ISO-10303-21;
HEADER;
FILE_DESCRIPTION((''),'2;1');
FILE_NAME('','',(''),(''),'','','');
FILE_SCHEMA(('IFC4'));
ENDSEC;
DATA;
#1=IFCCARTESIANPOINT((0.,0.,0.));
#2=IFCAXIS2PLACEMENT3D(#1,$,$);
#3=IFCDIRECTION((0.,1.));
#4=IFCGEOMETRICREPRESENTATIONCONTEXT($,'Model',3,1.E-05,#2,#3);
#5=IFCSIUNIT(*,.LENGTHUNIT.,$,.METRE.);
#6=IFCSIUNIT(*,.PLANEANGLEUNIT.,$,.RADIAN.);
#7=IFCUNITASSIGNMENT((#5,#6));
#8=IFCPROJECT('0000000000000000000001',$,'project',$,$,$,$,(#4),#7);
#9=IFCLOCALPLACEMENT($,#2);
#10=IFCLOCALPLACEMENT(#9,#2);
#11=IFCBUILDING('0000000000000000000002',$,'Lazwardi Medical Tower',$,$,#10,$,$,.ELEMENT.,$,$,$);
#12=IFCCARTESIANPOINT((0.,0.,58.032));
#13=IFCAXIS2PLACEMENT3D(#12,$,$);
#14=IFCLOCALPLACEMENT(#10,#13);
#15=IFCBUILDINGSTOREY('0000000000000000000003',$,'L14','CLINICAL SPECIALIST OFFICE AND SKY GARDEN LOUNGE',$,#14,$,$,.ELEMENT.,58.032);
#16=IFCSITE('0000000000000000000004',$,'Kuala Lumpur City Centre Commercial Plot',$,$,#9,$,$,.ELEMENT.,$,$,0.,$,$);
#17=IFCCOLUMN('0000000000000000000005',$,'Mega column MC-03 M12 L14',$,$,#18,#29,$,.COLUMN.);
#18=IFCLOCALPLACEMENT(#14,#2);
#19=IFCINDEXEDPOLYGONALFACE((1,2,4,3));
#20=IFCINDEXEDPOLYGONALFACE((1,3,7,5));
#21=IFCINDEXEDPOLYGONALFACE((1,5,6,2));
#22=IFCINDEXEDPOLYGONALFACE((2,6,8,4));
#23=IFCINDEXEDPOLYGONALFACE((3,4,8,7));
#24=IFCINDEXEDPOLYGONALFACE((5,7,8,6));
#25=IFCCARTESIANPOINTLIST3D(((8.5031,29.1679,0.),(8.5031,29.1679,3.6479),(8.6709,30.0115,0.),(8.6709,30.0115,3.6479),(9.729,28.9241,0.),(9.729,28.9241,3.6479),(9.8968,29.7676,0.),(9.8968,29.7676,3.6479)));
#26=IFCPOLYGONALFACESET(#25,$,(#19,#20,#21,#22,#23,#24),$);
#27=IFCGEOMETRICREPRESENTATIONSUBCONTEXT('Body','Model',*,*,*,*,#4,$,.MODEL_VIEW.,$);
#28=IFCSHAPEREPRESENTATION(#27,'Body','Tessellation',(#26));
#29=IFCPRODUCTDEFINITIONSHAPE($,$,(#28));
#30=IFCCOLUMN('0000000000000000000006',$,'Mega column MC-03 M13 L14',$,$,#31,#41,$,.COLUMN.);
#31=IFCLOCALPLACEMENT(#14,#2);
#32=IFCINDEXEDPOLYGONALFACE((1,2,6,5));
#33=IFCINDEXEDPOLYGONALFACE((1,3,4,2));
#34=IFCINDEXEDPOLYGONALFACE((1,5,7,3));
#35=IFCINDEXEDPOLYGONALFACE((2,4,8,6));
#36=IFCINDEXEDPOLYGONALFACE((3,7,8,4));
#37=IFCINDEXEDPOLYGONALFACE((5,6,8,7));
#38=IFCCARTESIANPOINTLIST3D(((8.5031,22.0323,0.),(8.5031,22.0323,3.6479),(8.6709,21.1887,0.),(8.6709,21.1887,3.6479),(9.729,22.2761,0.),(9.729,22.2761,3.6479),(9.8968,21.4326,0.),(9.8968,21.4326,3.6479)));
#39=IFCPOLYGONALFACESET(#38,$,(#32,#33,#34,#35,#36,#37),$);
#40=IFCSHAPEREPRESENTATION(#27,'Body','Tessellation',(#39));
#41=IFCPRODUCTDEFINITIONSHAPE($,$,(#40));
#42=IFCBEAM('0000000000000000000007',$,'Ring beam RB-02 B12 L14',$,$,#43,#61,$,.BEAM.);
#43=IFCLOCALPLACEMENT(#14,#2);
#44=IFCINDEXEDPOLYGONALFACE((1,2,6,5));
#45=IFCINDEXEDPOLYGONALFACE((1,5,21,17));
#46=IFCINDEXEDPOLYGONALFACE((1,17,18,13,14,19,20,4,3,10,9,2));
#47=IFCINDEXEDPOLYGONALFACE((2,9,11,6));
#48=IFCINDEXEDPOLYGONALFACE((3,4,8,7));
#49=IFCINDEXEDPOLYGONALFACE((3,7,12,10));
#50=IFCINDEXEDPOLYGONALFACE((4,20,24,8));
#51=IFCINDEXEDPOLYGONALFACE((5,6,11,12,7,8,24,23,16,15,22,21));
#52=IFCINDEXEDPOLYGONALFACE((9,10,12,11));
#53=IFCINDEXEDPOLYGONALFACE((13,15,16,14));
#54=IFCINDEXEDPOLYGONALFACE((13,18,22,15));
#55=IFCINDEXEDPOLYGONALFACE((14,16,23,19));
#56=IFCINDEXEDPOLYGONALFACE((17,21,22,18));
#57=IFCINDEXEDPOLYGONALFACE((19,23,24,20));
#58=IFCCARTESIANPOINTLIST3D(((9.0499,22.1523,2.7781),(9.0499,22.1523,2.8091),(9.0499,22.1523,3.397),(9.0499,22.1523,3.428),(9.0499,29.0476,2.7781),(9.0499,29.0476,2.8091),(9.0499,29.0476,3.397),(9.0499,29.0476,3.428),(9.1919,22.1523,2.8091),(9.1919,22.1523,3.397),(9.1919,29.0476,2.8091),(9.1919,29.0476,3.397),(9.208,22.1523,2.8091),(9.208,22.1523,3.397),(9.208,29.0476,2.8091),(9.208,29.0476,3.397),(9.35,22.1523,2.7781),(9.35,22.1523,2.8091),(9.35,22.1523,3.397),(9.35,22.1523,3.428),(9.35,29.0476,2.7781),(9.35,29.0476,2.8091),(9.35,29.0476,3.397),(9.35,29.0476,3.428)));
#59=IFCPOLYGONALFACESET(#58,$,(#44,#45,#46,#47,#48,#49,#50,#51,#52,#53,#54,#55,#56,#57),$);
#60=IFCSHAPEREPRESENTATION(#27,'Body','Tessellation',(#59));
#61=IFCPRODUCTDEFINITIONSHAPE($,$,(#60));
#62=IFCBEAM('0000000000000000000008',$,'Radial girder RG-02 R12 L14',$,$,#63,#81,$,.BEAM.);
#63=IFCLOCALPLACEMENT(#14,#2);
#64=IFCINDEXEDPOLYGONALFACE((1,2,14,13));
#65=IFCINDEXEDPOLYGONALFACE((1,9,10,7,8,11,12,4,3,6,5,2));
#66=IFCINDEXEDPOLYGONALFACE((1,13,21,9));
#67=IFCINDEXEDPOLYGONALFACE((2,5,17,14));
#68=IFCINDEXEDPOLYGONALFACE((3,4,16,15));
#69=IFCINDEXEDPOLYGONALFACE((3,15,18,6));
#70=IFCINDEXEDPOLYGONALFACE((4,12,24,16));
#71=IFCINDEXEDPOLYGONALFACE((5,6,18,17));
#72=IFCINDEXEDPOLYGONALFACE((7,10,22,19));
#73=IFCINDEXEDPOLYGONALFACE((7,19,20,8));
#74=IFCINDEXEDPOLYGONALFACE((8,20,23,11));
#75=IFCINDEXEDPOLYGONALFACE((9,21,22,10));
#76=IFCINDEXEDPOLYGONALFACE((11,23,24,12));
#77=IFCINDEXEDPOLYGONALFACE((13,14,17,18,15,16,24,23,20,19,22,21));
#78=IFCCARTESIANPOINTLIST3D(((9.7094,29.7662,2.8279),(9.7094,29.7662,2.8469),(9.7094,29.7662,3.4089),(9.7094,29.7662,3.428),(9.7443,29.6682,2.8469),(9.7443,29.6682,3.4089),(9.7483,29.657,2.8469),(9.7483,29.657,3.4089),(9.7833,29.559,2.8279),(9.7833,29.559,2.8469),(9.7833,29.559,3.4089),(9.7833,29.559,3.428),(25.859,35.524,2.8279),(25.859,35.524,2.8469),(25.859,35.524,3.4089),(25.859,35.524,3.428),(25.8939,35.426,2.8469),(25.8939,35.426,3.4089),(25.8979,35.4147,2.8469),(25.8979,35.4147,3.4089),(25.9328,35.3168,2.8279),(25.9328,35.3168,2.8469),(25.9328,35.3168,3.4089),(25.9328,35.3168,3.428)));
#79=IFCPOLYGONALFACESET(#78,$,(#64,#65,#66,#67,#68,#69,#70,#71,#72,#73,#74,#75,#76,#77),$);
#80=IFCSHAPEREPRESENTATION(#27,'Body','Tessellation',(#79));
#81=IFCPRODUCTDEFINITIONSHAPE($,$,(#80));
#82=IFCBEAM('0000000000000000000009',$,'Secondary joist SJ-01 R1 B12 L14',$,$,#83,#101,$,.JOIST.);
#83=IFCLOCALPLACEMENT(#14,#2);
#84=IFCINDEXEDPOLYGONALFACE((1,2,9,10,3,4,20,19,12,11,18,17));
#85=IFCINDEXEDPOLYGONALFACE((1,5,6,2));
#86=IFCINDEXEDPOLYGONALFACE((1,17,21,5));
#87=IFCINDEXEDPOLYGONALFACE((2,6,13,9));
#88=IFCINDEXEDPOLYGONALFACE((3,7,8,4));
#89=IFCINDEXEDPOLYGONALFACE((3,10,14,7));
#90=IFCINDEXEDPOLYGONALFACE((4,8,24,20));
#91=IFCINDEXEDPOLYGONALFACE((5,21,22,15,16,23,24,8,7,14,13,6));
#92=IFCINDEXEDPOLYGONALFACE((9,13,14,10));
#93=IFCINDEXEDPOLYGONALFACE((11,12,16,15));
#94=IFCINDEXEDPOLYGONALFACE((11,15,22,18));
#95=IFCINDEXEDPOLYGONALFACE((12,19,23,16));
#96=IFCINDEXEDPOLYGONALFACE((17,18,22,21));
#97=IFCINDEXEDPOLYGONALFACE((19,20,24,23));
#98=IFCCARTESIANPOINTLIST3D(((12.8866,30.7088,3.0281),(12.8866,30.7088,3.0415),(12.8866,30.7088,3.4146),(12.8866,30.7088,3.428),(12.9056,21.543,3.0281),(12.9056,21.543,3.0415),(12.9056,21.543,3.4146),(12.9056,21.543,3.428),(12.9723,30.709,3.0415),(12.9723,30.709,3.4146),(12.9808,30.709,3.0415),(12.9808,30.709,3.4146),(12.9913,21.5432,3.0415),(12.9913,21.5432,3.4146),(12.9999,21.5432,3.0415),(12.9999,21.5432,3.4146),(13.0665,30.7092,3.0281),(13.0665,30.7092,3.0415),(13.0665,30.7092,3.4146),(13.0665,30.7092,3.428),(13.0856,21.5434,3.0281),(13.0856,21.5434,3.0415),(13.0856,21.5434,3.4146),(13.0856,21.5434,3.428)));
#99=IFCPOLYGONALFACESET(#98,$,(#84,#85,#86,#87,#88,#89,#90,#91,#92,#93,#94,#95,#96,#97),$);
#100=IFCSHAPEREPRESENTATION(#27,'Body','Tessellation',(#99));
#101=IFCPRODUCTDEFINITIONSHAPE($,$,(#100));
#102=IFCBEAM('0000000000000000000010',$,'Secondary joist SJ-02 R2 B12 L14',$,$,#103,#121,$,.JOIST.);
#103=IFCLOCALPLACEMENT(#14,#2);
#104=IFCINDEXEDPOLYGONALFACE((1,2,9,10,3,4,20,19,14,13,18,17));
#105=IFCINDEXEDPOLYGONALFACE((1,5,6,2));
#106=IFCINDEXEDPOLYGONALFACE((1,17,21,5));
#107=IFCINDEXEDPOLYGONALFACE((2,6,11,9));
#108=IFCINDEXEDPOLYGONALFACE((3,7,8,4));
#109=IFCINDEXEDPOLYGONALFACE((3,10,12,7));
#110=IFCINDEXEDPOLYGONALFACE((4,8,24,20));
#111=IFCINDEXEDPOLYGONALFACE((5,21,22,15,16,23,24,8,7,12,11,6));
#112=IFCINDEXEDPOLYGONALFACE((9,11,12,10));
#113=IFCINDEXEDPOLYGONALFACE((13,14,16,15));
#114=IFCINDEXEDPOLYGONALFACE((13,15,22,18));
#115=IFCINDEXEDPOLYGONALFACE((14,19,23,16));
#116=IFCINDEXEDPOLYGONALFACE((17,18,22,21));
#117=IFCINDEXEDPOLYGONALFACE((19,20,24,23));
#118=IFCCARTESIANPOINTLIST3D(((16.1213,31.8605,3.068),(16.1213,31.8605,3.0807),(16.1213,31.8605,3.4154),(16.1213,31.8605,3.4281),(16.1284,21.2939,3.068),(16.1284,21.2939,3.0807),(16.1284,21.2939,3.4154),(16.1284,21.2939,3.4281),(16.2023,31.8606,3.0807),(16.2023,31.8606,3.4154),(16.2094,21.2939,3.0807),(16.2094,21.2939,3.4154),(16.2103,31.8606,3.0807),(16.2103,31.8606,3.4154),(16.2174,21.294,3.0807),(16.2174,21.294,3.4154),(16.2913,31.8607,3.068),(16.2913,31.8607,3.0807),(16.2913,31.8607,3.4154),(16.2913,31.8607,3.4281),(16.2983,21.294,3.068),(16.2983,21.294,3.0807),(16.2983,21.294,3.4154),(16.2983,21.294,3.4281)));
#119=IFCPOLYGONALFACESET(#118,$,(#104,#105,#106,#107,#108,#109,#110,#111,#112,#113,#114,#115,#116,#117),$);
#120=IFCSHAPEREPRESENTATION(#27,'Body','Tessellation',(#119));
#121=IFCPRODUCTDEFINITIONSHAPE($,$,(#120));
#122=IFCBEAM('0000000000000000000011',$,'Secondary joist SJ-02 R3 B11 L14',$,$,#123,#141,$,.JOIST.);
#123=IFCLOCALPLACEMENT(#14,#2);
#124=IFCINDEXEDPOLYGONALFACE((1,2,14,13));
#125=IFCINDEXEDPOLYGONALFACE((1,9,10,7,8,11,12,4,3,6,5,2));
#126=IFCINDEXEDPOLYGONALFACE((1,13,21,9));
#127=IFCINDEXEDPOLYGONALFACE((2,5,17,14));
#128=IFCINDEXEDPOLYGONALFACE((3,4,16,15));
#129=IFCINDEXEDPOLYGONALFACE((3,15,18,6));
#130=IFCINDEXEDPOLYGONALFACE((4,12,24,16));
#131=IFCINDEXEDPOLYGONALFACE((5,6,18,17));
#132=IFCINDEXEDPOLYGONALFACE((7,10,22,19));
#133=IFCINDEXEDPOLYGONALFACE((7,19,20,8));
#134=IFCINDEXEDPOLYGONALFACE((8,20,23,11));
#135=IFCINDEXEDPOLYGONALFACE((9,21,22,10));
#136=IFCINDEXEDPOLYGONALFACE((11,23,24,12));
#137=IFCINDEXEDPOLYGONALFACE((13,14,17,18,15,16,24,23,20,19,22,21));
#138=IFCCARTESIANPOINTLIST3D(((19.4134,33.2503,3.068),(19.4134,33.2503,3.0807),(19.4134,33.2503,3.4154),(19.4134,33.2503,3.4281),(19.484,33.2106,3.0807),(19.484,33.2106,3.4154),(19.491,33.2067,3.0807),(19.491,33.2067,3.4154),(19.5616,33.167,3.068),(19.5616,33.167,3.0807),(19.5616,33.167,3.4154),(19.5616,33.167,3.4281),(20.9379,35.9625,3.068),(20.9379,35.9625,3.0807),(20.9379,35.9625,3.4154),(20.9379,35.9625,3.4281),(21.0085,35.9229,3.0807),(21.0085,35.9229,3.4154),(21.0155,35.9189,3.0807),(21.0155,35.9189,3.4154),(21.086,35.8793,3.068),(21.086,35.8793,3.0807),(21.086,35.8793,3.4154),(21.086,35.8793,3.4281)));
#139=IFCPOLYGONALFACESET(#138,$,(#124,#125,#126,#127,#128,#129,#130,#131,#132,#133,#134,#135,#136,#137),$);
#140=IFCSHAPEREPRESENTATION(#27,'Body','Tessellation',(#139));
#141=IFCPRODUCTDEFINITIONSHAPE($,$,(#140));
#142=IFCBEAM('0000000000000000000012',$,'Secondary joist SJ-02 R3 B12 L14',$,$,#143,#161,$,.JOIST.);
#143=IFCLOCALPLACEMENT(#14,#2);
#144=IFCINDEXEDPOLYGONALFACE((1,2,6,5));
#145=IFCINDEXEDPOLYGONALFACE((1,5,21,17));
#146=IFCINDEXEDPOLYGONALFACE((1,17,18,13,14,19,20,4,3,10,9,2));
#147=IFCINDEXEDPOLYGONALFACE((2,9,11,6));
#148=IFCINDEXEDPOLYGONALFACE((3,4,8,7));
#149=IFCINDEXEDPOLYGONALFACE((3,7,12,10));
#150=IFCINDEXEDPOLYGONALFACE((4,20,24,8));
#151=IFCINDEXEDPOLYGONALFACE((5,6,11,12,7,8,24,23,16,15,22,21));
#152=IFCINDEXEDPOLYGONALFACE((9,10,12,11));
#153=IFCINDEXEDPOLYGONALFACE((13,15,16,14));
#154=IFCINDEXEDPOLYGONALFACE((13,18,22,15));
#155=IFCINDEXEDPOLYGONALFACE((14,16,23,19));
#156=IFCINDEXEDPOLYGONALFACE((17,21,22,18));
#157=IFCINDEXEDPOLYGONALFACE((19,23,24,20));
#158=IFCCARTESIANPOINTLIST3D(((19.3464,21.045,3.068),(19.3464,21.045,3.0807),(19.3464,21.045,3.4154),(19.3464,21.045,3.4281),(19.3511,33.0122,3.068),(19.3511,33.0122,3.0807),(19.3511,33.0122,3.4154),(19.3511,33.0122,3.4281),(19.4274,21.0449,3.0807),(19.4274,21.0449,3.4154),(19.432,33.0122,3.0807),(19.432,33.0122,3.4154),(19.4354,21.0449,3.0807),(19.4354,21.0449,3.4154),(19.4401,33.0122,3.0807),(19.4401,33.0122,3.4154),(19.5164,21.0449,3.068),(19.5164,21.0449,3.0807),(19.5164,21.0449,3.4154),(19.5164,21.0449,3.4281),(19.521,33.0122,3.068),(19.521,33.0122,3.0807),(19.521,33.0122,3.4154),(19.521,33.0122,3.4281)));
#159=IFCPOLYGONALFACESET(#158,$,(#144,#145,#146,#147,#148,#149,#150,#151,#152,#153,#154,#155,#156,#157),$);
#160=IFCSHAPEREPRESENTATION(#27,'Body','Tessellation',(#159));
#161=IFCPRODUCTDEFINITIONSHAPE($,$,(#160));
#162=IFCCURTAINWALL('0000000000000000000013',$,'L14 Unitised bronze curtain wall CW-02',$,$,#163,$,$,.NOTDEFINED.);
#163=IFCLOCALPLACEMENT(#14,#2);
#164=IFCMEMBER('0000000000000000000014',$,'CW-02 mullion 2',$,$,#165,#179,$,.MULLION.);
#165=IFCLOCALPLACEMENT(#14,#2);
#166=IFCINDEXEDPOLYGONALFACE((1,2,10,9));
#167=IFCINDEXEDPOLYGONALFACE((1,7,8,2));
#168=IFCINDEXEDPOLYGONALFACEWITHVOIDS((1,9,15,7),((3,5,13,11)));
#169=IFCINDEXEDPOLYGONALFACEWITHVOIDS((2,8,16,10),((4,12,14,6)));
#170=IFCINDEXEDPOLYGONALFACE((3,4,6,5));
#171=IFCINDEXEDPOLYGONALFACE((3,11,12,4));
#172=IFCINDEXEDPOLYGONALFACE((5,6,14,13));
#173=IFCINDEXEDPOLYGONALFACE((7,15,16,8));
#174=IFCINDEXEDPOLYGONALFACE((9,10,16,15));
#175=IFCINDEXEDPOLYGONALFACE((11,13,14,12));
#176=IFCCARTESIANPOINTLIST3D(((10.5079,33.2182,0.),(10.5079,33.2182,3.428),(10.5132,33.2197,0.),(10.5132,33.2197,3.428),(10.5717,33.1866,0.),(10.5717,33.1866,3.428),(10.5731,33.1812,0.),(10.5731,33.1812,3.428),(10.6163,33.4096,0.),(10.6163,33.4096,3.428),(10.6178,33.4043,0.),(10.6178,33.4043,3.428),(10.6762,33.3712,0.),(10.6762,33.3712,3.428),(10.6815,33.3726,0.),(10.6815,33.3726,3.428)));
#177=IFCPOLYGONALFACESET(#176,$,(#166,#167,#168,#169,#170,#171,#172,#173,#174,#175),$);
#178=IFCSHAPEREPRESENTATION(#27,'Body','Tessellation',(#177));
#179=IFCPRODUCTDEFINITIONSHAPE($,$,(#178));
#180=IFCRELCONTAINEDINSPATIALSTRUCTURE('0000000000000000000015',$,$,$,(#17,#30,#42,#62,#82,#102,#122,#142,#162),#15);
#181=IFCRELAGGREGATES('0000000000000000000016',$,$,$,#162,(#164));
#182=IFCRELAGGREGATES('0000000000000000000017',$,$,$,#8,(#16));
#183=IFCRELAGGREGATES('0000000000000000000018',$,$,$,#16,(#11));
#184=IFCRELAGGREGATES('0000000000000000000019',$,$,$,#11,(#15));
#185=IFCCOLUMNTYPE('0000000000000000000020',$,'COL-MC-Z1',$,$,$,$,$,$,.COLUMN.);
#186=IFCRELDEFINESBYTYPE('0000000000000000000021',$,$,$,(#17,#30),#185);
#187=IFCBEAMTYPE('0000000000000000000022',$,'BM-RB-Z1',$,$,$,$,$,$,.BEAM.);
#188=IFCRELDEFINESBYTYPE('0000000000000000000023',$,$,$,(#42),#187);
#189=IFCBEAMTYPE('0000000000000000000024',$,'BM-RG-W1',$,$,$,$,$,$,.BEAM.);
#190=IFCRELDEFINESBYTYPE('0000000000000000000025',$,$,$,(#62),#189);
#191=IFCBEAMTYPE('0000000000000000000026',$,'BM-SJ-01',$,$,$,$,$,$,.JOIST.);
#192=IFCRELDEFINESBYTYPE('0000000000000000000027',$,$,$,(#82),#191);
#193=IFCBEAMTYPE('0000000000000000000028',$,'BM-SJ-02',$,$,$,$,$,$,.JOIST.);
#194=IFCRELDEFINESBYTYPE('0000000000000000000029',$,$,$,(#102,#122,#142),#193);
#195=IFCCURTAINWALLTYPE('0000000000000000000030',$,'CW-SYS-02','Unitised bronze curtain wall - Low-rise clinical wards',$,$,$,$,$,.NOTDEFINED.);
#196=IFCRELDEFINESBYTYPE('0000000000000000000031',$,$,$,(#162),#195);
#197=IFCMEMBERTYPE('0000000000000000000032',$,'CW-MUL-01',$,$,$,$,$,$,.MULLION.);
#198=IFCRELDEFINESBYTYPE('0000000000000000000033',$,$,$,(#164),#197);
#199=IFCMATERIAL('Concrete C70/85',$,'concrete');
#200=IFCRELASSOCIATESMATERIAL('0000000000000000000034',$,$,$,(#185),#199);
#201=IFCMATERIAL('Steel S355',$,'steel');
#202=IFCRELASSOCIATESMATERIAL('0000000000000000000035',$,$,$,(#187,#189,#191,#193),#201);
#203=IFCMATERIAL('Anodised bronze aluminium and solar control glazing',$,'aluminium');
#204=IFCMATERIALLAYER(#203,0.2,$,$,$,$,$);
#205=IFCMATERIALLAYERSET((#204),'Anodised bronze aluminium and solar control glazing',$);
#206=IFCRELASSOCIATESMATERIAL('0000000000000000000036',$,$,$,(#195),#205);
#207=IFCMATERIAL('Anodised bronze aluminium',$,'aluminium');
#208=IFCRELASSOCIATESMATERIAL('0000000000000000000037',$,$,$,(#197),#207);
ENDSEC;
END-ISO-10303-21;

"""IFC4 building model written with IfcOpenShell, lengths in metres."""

from ifc_helpers import new_model, si_unit, direction, frame, origin, origin_2d, place, context, subcontext, project, spatial, rectangle, hollow_rectangle, i_section, extrude, material, layer, layer_set, material_profile, profile_set, type_object, element, aggregate, save


model = new_model("IFC4")

# Units and contexts
model_context = context("Model", 3, precision=1e-05, world=origin(), true_north=direction((0.0, 1.0)))
body_context = subcontext(model_context, "Body", "Model", "MODEL_VIEW")
ifc_project = project(units=[si_unit("LENGTHUNIT", "METRE"), si_unit("PLANEANGLEUNIT", "RADIAN")], contexts=[model_context])

# Site, building, storey
site_placement = place(None, origin())
site = spatial("IfcSite", under=ifc_project, at=site_placement, Name="Kuala Lumpur City Centre Commercial Plot", CompositionType="ELEMENT", RefElevation=0.0)
building_placement = place(site_placement, origin())
building = spatial("IfcBuilding", under=site, at=building_placement, Name="Lazwardi Medical Tower", CompositionType="ELEMENT")
storey_placement = place(building_placement, frame((0.0, 0.0, 58.032)))
storey = spatial("IfcBuildingStorey", under=building, at=storey_placement, Name="L14", Description="CLINICAL SPECIALIST OFFICE AND SKY GARDEN LOUNGE", CompositionType="ELEMENT", Elevation=58.032)

# Columns
ifc_material_1 = material(Name="Concrete C70/85", Category="concrete")
ifc_material_profile_1 = material_profile(ifc_material_1, rectangle(XDim=1.25, YDim=0.8601, at=origin_2d()), Name="CFT-RECT 1250x860")
ifc_profile_set_1 = profile_set([ifc_material_profile_1], Name="Concrete C70/85")
column_type = type_object("IfcColumnType", Name="COL-MC-Z1", PredefinedType="COLUMN", material=ifc_profile_set_1)
for number, where, z_axis, x_axis, name in (
    (1, (9.2, 29.4678, 0.0), (0.0, 0.0, 1.0), (-0.980785, 0.19509, 0.0), "Mega column MC-03 M12 L14"),
    (2, (9.2, 21.7324, 0.0), (0.0, 0.0, 1.0), (-0.980785, -0.19509, 0.0), "Mega column MC-03 M13 L14"),
):
    element("IfcColumn", number, at=place(storey_placement, frame(where, z_axis=z_axis, x_axis=x_axis)), inside=storey, type_object=column_type, Name=name, PredefinedType="COLUMN", context=body_context, shape_type="SweptSolid", body=[
        extrude(rectangle(XDim=1.25, YDim=0.8601, at=origin_2d()), origin(), (0.0, 0.0, 1.0), 3.6479),
    ])

# Beams
ifc_material_2 = material(Name="Steel S355", Category="steel")
ifc_material_profile_2 = material_profile(ifc_material_2, i_section(OverallWidth=0.3, OverallDepth=0.6499, WebThickness=0.0161, FlangeThickness=0.031, at=origin_2d()), Name="HEB 650")
ifc_profile_set_2 = profile_set([ifc_material_profile_2], Name="Steel S355")
beam_type_1 = type_object("IfcBeamType", Name="BM-RB-Z1", PredefinedType="BEAM", material=ifc_profile_set_2)
beam_1_placement = place(storey_placement, frame((9.2, 29.0476, 3.103), z_axis=(0.0, -1.0, 0.0), x_axis=(1.0, 0.0, 0.0)))
element("IfcBeam", 3, at=beam_1_placement, inside=storey, type_object=beam_type_1, Name="Ring beam RB-02 B12 L14", PredefinedType="BEAM", context=body_context, shape_type="SweptSolid", body=[
    extrude(i_section(OverallWidth=0.3, OverallDepth=0.6499, WebThickness=0.0161, FlangeThickness=0.031, at=origin_2d()), origin(), (0.0, 0.0, 1.0), 6.8953),
])
ifc_material_profile_3 = material_profile(ifc_material_2, i_section(OverallWidth=0.22, OverallDepth=0.6001, WebThickness=0.012, FlangeThickness=0.019, at=origin_2d()), Name="IPE 600")
ifc_profile_set_3 = profile_set([ifc_material_profile_3], Name="Steel S355")
beam_type_2 = type_object("IfcBeamType", Name="BM-RG-W1", PredefinedType="BEAM", material=ifc_profile_set_3)
beam_2_placement = place(storey_placement, frame((9.7463, 29.6626, 3.1279), z_axis=(0.941925, 0.335823, 0.0), x_axis=(-0.335823, 0.941925, 0.0)))
element("IfcBeam", 4, at=beam_2_placement, inside=storey, type_object=beam_type_2, Name="Radial girder RG-02 R12 L14", PredefinedType="BEAM", context=body_context, shape_type="SweptSolid", body=[
    extrude(i_section(OverallWidth=0.22, OverallDepth=0.6001, WebThickness=0.012, FlangeThickness=0.019, at=origin_2d()), origin(), (0.0, 0.0, 1.0), 17.1453),
])
ifc_material_profile_4 = material_profile(ifc_material_2, i_section(OverallWidth=0.1799, OverallDepth=0.3999, WebThickness=0.0085, FlangeThickness=0.0134, at=origin_2d()), Name="IPE 400")
ifc_profile_set_4 = profile_set([ifc_material_profile_4], Name="Steel S355")
beam_type_3 = type_object("IfcBeamType", Name="BM-SJ-01", PredefinedType="JOIST", material=ifc_profile_set_4)
beam_3_placement = place(storey_placement, frame((12.9766, 30.709, 3.228), z_axis=(0.002078, -0.999998, 0.0), x_axis=(0.999998, 0.002078, 0.0)))
element("IfcBeam", 5, at=beam_3_placement, inside=storey, type_object=beam_type_3, Name="Secondary joist SJ-01 R1 B12 L14", PredefinedType="JOIST", context=body_context, shape_type="SweptSolid", body=[
    extrude(i_section(OverallWidth=0.1799, OverallDepth=0.3999, WebThickness=0.0085, FlangeThickness=0.0134, at=origin_2d()), origin(), (0.0, 0.0, 1.0), 9.1658),
])
ifc_material_profile_5 = material_profile(ifc_material_2, i_section(OverallWidth=0.1699, OverallDepth=0.3601, WebThickness=0.0081, FlangeThickness=0.0127, at=origin_2d()), Name="IPE 360")
ifc_profile_set_5 = profile_set([ifc_material_profile_5], Name="Steel S355")
beam_type_4 = type_object("IfcBeamType", Name="BM-SJ-02", PredefinedType="JOIST", material=ifc_profile_set_5)
beam_4_placement = place(storey_placement, frame((16.2063, 31.8606, 3.248), z_axis=(0.00067, -1.0, 0.0), x_axis=(1.0, 0.00067, 0.0)))
element("IfcBeam", 6, at=beam_4_placement, inside=storey, type_object=beam_type_4, Name="Secondary joist SJ-02 R2 B12 L14", PredefinedType="JOIST", context=body_context, shape_type="SweptSolid", body=[
    extrude(i_section(OverallWidth=0.1699, OverallDepth=0.3601, WebThickness=0.0081, FlangeThickness=0.0127, at=origin_2d()), origin(), (0.0, 0.0, 1.0), 10.5667),
])
beam_5_placement = place(storey_placement, frame((21.012, 35.9209, 3.248), z_axis=(-0.489974, -0.871737, 0.0), x_axis=(0.871737, -0.489974, 0.0)))
element("IfcBeam", 7, at=beam_5_placement, inside=storey, type_object=beam_type_4, Name="Secondary joist SJ-02 R3 B11 L14", PredefinedType="JOIST", context=body_context, shape_type="SweptSolid", body=[
    extrude(i_section(OverallWidth=0.1699, OverallDepth=0.3601, WebThickness=0.0081, FlangeThickness=0.0127, at=origin_2d()), origin(), (0.0, 0.0, 1.0), 3.1113),
])
beam_6_placement = place(storey_placement, frame((19.436, 33.0122, 3.248), z_axis=(-0.000388, -1.0, 0.0), x_axis=(1.0, -0.000388, 0.0)))
element("IfcBeam", 8, at=beam_6_placement, inside=storey, type_object=beam_type_4, Name="Secondary joist SJ-02 R3 B12 L14", PredefinedType="JOIST", context=body_context, shape_type="SweptSolid", body=[
    extrude(i_section(OverallWidth=0.1699, OverallDepth=0.3601, WebThickness=0.0081, FlangeThickness=0.0127, at=origin_2d()), origin(), (0.0, 0.0, 1.0), 11.9673),
])

# Curtain wall, member
ifc_material_3 = material(Name="Anodised bronze aluminium and solar control glazing", Category="aluminium")
ifc_layer_1 = layer(ifc_material_3, 0.2)
ifc_layer_set_1 = layer_set([ifc_layer_1], Name="Anodised bronze aluminium and solar control glazing")
curtain_wall_type = type_object("IfcCurtainWallType", Name="CW-SYS-02", Description="Unitised bronze curtain wall - Low-rise clinical wards", PredefinedType="NOTDEFINED", material=ifc_layer_set_1)
curtain_wall_1_placement = place(storey_placement, origin())
curtain_wall_1 = element("IfcCurtainWall", 9, at=curtain_wall_1_placement, inside=storey, type_object=curtain_wall_type, Name="L14 Unitised bronze curtain wall CW-02", PredefinedType="NOTDEFINED")
ifc_material_4 = material(Name="Anodised bronze aluminium", Category="aluminium")
ifc_material_profile_6 = material_profile(ifc_material_4, hollow_rectangle(XDim=0.075, YDim=0.22, WallThickness=0.0039, at=origin_2d()), Name="ALU-MULLION 220x75x4")
ifc_profile_set_6 = profile_set([ifc_material_profile_6], Name="Anodised bronze aluminium")
member_type_1 = type_object("IfcMemberType", Name="CW-MUL-01", PredefinedType="MULLION", material=ifc_profile_set_6)
member_1_placement = place(storey_placement, frame((10.5947, 33.2954, 0.0), z_axis=(0.0, 0.0, 1.0), x_axis=(0.870112, -0.492854, 0.0)))
member_1 = element("IfcMember", 10, at=member_1_placement, type_object=member_type_1, Name="CW-02 mullion 2", PredefinedType="MULLION", context=body_context, shape_type="SweptSolid", body=[
    extrude(hollow_rectangle(XDim=0.075, YDim=0.22, WallThickness=0.0039, at=origin_2d()), origin(), (0.0, 0.0, 1.0), 3.428),
])

aggregate(curtain_wall_1, [member_1])

save(model, "model.ifc")
